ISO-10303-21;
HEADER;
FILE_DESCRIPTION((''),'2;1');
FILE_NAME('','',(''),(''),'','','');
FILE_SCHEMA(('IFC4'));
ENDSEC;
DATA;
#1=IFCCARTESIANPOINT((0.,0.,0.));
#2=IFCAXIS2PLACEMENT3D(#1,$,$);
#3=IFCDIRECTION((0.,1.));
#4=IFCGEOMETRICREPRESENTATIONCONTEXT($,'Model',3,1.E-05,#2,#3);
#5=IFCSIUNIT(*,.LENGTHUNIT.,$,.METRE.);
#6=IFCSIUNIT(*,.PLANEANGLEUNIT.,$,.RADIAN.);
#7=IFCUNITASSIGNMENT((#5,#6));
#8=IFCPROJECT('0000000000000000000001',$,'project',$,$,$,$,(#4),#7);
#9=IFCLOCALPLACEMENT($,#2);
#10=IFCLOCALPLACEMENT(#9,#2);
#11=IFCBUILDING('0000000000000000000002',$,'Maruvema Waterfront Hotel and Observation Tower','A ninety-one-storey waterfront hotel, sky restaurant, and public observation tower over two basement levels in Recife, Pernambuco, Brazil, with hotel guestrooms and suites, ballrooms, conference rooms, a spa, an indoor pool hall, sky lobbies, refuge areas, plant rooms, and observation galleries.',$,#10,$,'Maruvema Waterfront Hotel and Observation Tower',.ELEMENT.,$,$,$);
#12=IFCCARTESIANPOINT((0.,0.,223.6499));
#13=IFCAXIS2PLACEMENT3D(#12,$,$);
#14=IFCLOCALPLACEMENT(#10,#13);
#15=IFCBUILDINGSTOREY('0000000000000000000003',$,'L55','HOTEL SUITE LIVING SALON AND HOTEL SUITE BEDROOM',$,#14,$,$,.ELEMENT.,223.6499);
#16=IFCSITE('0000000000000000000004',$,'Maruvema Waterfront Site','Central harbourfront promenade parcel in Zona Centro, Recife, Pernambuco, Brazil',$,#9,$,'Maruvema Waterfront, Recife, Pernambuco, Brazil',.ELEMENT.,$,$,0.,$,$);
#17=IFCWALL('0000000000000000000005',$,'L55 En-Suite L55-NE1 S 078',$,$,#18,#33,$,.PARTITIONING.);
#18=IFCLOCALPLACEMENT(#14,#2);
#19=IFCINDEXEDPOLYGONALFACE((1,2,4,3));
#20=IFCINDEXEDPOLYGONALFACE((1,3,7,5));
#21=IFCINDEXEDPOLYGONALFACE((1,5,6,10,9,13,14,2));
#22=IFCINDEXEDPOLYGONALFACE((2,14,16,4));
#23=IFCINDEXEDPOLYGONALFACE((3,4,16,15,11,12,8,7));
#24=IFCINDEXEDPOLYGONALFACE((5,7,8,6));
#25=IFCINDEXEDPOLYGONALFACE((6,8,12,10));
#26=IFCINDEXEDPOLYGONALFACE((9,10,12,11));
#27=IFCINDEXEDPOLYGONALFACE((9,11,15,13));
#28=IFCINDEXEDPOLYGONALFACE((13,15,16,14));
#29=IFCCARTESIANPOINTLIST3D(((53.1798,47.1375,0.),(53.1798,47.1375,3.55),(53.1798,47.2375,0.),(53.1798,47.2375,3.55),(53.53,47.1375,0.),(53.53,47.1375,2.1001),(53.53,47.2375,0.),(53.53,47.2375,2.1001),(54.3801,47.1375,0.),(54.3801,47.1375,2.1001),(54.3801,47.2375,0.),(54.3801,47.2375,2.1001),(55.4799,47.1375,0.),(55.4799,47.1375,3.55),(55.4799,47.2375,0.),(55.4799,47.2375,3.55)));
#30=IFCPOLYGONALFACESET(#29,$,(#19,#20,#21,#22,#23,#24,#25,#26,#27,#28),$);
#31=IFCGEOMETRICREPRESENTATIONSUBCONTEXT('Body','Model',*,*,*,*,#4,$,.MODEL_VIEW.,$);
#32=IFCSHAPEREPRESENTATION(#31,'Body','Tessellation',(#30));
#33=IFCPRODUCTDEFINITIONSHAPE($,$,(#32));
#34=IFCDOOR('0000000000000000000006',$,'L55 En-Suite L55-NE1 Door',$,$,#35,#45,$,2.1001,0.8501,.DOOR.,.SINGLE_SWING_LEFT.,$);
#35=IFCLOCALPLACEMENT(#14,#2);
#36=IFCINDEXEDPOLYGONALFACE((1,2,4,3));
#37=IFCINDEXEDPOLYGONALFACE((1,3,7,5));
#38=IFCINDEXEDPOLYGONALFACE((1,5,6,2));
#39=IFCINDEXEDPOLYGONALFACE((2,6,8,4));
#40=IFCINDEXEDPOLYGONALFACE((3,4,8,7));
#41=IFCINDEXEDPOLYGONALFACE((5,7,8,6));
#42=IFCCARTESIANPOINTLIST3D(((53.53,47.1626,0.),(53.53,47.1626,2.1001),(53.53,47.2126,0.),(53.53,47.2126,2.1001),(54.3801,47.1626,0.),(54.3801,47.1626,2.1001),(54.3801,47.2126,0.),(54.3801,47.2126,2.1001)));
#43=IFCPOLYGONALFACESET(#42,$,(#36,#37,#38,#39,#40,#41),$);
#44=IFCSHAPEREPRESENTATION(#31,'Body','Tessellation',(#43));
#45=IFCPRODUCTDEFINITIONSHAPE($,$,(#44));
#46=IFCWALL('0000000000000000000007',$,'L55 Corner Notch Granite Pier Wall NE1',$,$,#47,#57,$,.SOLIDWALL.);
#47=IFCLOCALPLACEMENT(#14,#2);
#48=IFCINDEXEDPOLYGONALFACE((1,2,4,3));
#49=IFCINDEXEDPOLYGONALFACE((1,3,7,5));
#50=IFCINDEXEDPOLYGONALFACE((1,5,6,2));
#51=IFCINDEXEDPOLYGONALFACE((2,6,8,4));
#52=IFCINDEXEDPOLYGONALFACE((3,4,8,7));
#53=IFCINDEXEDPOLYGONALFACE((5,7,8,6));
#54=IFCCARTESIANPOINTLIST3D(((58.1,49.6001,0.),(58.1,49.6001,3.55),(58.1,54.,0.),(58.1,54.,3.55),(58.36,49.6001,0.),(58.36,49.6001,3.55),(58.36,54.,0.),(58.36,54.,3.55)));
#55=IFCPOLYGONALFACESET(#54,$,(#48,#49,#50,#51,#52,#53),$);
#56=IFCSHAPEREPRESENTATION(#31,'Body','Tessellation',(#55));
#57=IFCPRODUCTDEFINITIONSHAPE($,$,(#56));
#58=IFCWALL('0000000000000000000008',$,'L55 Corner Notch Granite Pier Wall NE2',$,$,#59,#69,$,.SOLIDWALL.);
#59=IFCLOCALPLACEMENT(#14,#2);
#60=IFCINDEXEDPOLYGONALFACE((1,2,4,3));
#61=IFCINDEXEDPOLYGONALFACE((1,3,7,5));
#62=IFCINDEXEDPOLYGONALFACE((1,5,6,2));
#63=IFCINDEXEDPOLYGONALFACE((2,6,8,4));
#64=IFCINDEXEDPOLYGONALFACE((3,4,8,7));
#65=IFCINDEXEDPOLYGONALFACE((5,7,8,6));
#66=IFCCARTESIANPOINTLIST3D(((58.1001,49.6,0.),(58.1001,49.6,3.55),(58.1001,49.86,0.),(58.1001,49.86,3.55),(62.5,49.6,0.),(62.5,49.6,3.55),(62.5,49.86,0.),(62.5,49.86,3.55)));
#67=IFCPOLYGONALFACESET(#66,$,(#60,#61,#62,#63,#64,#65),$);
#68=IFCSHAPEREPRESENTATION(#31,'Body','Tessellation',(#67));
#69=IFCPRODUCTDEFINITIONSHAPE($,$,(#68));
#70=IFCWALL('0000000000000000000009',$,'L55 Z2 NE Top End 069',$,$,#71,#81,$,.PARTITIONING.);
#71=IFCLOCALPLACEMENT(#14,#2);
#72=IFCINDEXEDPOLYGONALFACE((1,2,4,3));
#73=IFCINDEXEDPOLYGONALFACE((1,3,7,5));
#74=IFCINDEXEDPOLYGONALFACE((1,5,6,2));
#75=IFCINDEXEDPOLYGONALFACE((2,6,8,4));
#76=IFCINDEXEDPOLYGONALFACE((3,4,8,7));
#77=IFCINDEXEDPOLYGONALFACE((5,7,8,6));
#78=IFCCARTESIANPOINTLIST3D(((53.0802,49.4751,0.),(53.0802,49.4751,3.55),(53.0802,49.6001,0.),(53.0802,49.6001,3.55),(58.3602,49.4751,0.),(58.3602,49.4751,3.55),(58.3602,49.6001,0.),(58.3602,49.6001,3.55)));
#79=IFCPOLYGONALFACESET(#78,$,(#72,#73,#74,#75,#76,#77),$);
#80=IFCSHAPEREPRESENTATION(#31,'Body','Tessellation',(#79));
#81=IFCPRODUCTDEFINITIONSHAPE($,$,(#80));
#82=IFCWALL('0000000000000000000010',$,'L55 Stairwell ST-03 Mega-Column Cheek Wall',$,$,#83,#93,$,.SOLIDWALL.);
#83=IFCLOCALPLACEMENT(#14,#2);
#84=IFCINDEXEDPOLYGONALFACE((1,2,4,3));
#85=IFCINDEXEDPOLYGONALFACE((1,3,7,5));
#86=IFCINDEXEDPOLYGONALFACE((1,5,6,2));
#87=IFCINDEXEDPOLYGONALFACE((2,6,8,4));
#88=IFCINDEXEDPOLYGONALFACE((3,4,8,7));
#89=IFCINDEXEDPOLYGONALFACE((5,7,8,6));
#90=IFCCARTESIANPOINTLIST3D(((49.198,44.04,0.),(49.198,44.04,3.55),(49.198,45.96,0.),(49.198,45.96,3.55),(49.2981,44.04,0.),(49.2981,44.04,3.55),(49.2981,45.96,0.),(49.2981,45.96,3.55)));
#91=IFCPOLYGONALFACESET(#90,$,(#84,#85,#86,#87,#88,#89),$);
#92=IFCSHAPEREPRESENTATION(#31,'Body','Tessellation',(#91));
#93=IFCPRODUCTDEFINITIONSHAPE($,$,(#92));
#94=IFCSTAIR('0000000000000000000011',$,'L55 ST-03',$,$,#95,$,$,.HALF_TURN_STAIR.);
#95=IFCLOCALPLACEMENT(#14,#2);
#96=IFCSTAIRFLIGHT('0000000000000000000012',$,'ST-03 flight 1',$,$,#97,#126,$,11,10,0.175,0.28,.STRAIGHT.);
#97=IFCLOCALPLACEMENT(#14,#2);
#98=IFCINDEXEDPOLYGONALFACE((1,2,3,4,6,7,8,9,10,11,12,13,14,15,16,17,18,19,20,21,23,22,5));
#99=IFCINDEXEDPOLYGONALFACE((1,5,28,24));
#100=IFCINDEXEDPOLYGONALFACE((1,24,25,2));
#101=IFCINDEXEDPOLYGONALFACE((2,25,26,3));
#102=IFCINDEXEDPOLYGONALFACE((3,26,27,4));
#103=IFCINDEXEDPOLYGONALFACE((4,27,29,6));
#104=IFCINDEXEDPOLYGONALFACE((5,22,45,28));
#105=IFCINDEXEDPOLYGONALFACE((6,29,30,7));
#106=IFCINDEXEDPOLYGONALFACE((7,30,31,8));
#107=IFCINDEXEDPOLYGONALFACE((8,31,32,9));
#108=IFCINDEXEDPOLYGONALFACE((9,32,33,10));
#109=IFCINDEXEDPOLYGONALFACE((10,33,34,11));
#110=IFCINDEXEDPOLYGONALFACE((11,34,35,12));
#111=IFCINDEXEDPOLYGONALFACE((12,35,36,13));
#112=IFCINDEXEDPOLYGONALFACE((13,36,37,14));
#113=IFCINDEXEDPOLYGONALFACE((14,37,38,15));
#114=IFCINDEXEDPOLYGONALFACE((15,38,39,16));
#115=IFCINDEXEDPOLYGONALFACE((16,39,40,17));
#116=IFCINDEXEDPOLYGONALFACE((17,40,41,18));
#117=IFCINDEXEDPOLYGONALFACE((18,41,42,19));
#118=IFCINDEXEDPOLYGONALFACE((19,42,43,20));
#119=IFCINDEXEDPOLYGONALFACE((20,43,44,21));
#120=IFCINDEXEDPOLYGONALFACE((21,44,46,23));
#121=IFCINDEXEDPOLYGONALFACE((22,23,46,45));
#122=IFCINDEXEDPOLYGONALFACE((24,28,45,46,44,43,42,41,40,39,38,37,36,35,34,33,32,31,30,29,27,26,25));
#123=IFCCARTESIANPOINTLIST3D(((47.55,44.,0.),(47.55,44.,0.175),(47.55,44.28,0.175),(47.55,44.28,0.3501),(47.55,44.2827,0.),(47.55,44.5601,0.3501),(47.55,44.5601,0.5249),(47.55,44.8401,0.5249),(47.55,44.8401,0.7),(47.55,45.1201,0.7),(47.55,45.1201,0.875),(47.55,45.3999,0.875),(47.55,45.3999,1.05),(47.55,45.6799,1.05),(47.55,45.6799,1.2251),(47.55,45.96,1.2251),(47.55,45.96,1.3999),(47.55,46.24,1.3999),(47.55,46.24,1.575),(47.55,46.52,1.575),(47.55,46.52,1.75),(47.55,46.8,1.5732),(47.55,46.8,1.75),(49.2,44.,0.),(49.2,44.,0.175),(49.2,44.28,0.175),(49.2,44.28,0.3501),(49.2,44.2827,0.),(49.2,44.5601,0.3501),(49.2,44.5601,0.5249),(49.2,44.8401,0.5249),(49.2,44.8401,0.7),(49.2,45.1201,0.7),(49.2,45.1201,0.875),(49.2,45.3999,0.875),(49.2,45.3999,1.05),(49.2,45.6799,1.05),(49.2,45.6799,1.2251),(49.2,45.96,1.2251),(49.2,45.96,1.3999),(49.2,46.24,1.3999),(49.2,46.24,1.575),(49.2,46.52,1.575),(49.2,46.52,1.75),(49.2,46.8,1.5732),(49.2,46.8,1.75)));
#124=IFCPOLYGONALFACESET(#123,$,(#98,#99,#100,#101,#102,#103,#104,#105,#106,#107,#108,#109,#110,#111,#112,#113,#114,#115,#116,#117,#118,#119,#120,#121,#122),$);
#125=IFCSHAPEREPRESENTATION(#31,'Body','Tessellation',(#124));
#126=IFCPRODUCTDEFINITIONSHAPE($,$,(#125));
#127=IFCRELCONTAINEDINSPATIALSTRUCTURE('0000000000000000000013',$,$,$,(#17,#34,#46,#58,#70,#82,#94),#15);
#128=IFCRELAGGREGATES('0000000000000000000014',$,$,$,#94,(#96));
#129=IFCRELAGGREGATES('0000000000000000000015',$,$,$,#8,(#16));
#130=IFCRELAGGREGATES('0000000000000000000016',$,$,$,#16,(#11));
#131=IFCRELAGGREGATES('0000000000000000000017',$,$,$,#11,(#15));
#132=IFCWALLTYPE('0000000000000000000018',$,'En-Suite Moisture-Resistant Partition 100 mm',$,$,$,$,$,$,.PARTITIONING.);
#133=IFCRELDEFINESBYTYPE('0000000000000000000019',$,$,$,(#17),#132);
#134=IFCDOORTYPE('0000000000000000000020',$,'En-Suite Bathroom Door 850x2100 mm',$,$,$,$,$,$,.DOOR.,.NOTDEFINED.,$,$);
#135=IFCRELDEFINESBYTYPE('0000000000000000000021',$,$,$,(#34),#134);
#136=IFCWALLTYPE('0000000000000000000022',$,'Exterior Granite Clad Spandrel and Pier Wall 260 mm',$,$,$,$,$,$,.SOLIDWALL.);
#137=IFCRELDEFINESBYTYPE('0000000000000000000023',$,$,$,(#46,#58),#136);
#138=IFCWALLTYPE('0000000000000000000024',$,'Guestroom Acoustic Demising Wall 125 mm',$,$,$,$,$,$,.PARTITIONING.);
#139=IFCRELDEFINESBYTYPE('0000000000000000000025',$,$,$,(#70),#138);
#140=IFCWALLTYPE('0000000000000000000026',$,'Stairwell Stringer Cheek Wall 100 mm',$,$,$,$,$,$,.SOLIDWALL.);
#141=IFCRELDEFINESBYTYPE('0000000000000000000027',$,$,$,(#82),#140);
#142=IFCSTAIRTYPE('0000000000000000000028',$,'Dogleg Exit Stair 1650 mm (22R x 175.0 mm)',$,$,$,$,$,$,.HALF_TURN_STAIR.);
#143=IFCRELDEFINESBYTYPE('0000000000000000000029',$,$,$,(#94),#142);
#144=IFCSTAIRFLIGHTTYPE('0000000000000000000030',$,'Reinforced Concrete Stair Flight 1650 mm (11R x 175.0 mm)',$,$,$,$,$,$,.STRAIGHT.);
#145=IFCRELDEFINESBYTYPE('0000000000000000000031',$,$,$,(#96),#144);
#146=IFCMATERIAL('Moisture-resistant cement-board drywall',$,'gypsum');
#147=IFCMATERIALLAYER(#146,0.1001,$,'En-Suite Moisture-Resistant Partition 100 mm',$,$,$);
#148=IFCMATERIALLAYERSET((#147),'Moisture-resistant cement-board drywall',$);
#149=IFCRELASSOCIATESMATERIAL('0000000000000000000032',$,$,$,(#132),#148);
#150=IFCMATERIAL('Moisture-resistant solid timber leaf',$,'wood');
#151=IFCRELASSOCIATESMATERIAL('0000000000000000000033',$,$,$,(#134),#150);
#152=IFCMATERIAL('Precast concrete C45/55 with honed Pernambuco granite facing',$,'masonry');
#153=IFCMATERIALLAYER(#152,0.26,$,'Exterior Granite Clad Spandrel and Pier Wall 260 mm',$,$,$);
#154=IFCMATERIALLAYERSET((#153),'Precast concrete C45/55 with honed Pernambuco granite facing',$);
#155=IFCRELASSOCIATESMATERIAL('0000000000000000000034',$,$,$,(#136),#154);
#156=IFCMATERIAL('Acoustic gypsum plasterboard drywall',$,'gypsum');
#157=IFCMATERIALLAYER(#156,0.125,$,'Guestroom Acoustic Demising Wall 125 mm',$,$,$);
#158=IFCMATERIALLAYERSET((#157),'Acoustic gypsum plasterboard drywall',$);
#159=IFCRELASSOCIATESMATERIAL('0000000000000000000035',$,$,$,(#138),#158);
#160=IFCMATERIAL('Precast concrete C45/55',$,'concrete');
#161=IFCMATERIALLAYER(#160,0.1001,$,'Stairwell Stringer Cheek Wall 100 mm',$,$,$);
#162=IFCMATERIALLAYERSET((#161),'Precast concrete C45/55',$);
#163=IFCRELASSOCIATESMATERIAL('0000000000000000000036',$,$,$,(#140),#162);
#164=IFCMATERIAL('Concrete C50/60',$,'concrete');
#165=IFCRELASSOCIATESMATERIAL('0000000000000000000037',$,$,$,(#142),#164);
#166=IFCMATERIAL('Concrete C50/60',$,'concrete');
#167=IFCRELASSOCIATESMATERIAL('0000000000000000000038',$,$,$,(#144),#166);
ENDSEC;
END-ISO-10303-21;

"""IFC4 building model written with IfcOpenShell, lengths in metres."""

from ifc_helpers import new_model, si_unit, direction, frame, frame_2d, origin, place, context, subcontext, project, spatial, polyline, rectangle, outline, extrude, material, layer, layer_set, type_object, element, fill, aggregate, save


model = new_model("IFC4")

# Units and contexts
model_context = context("Model", 3, precision=1e-05, world=origin(), true_north=direction((0.0, 1.0)))
body_context = subcontext(model_context, "Body", "Model", "MODEL_VIEW")
ifc_project = project(units=[si_unit("LENGTHUNIT", "METRE"), si_unit("PLANEANGLEUNIT", "RADIAN")], contexts=[model_context])

# Site, building, storey
site_placement = place(None, origin())
site = spatial("IfcSite", under=ifc_project, at=site_placement, Name="Maruvema Waterfront Site", Description="Central harbourfront promenade parcel in Zona Centro, Recife, Pernambuco, Brazil", LongName="Maruvema Waterfront, Recife, Pernambuco, Brazil", CompositionType="ELEMENT", RefElevation=0.0)
building_placement = place(site_placement, origin())
building = spatial("IfcBuilding", under=site, at=building_placement, Name="Maruvema Waterfront Hotel and Observation Tower", Description="A ninety-one-storey waterfront hotel, sky restaurant, and public observation tower over two basement levels in Recife, Pernambuco, Brazil, with hotel guestrooms and suites, ballrooms, conference rooms, a spa, an indoor pool hall, sky lobbies, refuge areas, plant rooms, and observation galleries.", LongName="Maruvema Waterfront Hotel and Observation Tower", CompositionType="ELEMENT")
storey_placement = place(building_placement, frame((0.0, 0.0, 223.6499)))
storey = spatial("IfcBuildingStorey", under=building, at=storey_placement, Name="L55", Description="HOTEL SUITE LIVING SALON AND HOTEL SUITE BEDROOM", CompositionType="ELEMENT", Elevation=223.6499)

# Shared definitions
ifc_material_1 = material(Name="Moisture-resistant cement-board drywall", Category="gypsum")
ifc_layer_1 = layer(ifc_material_1, 0.1001, Name="En-Suite Moisture-Resistant Partition 100 mm")
ifc_layer_set_1 = layer_set([ifc_layer_1], Name="Moisture-resistant cement-board drywall")
wall_type_1 = type_object("IfcWallType", Name="En-Suite Moisture-Resistant Partition 100 mm", PredefinedType="PARTITIONING", material=ifc_layer_set_1)

# Wall, opening, door
wall_1_placement = place(storey_placement, frame((53.1799, 47.1875, 0.0), z_axis=(0.0, 0.0, 1.0), x_axis=(1.0, 0.0, 0.0)))
wall_1 = element("IfcWall", 1, at=wall_1_placement, inside=storey, type_object=wall_type_1, Name="L55 En-Suite L55-NE1 S 078", PredefinedType="PARTITIONING", context=body_context, shape_type="SweptSolid", body=[
    extrude(rectangle(XDim=2.3, YDim=0.1001, at=frame_2d((1.1499, 0.0))), origin(), (0.0, 0.0, 1.0), 3.55),
])
opening_placement = place(wall_1_placement, frame((0.3501, 0.0, 0.0)))
opening = element("IfcOpeningElement", 2, at=opening_placement, cuts=wall_1, PredefinedType="OPENING", context=body_context, shape_type="SweptSolid", body=[
    extrude(rectangle(XDim=0.8501, YDim=2.1001, at=frame_2d((0.425, 1.05))), frame((0.0, 0.0601, 0.0), z_axis=(0.0, -1.0, 0.0), x_axis=(1.0, 0.0, 0.0)), (0.0, 0.0, 1.0), 0.1201),
])
ifc_material_2 = material(Name="Moisture-resistant solid timber leaf", Category="wood")
door_type = type_object("IfcDoorType", Name="En-Suite Bathroom Door 850x2100 mm", OperationType="NOTDEFINED", PredefinedType="DOOR", material=ifc_material_2)
door_placement = place(opening_placement, frame((0.8501, 0.0, 0.0), z_axis=(0.0, 0.0, 1.0), x_axis=(-1.0, 0.0, 0.0)))
door = element("IfcDoor", 3, at=door_placement, inside=storey, type_object=door_type, Name="L55 En-Suite L55-NE1 Door", OperationType="SINGLE_SWING_LEFT", OverallHeight=2.1001, OverallWidth=0.8501, PredefinedType="DOOR", context=body_context, shape_type="SweptSolid", body=[
    extrude(rectangle(XDim=0.8501, YDim=2.1001, at=frame_2d((0.425, 1.05))), frame((0.0, 0.0249, 0.0), z_axis=(0.0, -1.0, 0.0), x_axis=(1.0, 0.0, 0.0)), (0.0, 0.0, 1.0), 0.05),
])
fill(opening, door)

# Walls
ifc_material_3 = material(Name="Precast concrete C45/55 with honed Pernambuco granite facing", Category="masonry")
ifc_layer_2 = layer(ifc_material_3, 0.26, Name="Exterior Granite Clad Spandrel and Pier Wall 260 mm")
ifc_layer_set_2 = layer_set([ifc_layer_2], Name="Precast concrete C45/55 with honed Pernambuco granite facing")
wall_type_2 = type_object("IfcWallType", Name="Exterior Granite Clad Spandrel and Pier Wall 260 mm", PredefinedType="SOLIDWALL", material=ifc_layer_set_2)
for number, where, z_axis, x_axis, name in (
    (4, (58.23, 54.0, 0.0), (0.0, 0.0, 1.0), (0.0, -1.0, 0.0), "L55 Corner Notch Granite Pier Wall NE1"),
    (5, (58.1001, 49.73, 0.0), (0.0, 0.0, 1.0), (1.0, 0.0, 0.0), "L55 Corner Notch Granite Pier Wall NE2"),
):
    element("IfcWall", number, at=place(storey_placement, frame(where, z_axis=z_axis, x_axis=x_axis)), inside=storey, type_object=wall_type_2, Name=name, PredefinedType="SOLIDWALL", context=body_context, shape_type="SweptSolid", body=[
        extrude(rectangle(XDim=4.3999, YDim=0.26, at=frame_2d((2.2, 0.0))), origin(), (0.0, 0.0, 1.0), 3.55),
    ])
ifc_material_4 = material(Name="Acoustic gypsum plasterboard drywall", Category="gypsum")
ifc_layer_3 = layer(ifc_material_4, 0.125, Name="Guestroom Acoustic Demising Wall 125 mm")
ifc_layer_set_3 = layer_set([ifc_layer_3], Name="Acoustic gypsum plasterboard drywall")
wall_type_3 = type_object("IfcWallType", Name="Guestroom Acoustic Demising Wall 125 mm", PredefinedType="PARTITIONING", material=ifc_layer_set_3)
wall_2_placement = place(storey_placement, frame((53.0801, 49.5376, 0.0), z_axis=(0.0, 0.0, 1.0), x_axis=(1.0, 0.0, 0.0)))
element("IfcWall", 6, at=wall_2_placement, inside=storey, type_object=wall_type_3, Name="L55 Z2 NE Top End 069", PredefinedType="PARTITIONING", context=body_context, shape_type="SweptSolid", body=[
    extrude(rectangle(XDim=5.28, YDim=0.125, at=frame_2d((2.6401, 0.0))), origin(), (0.0, 0.0, 1.0), 3.55),
])
ifc_material_5 = material(Name="Precast concrete C45/55", Category="concrete")
ifc_layer_4 = layer(ifc_material_5, 0.1001, Name="Stairwell Stringer Cheek Wall 100 mm")
ifc_layer_set_4 = layer_set([ifc_layer_4], Name="Precast concrete C45/55")
wall_type_4 = type_object("IfcWallType", Name="Stairwell Stringer Cheek Wall 100 mm", PredefinedType="SOLIDWALL", material=ifc_layer_set_4)
wall_3_placement = place(storey_placement, frame((49.248, 44.04, 0.0), z_axis=(0.0, 0.0, 1.0), x_axis=(0.0, 1.0, 0.0)))
element("IfcWall", 7, at=wall_3_placement, inside=storey, type_object=wall_type_4, Name="L55 Stairwell ST-03 Mega-Column Cheek Wall", PredefinedType="SOLIDWALL", context=body_context, shape_type="SweptSolid", body=[
    extrude(rectangle(XDim=1.9199, YDim=0.1001, at=frame_2d((0.96, 0.0))), origin(), (0.0, 0.0, 1.0), 3.55),
])

# Stair, stair flight
ifc_material_6 = material(Name="Concrete C50/60", Category="concrete")
stair_type = type_object("IfcStairType", Name="Dogleg Exit Stair 1650 mm (22R x 175.0 mm)", PredefinedType="HALF_TURN_STAIR", material=ifc_material_6)
stair_placement = place(storey_placement, origin())
stair = element("IfcStair", 8, at=stair_placement, inside=storey, type_object=stair_type, Name="L55 ST-03", PredefinedType="HALF_TURN_STAIR")
ifc_material_7 = material(Name="Concrete C50/60", Category="concrete")
stair_flight_type = type_object("IfcStairFlightType", Name="Reinforced Concrete Stair Flight 1650 mm (11R x 175.0 mm)", PredefinedType="STRAIGHT", material=ifc_material_7)
stair_flight_placement = place(storey_placement, frame((48.375, 44.0, 0.0), z_axis=(0.0, 0.0, 1.0), x_axis=(0.0, 1.0, 0.0)))
stair_flight = element("IfcStairFlight", 9, at=stair_flight_placement, type_object=stair_flight_type, Name="ST-03 flight 1", NumberOfRisers=11, NumberOfTreads=10, PredefinedType="STRAIGHT", RiserHeight=0.175, TreadLength=0.28, context=body_context, shape_type="SweptSolid", body=[
    extrude(outline(polyline([(0.0, 0.0), (0.0, 0.175), (0.28, 0.175), (0.28, 0.3501), (0.5601, 0.3501), (0.5601, 0.5249), (0.8401, 0.5249), (0.8401, 0.7), (1.1201, 0.7), (1.1201, 0.875), (1.3999, 0.875), (1.3999, 1.05), (1.6799, 1.05), (1.6799, 1.2251), (1.96, 1.2251), (1.96, 1.3999), (2.24, 1.3999), (2.24, 1.575), (2.52, 1.575), (2.52, 1.75), (2.8, 1.75), (2.8, 1.925), (2.8, 1.5732), (0.2827, 0.0), (0.0, 0.0)])), frame((0.0, 0.825, 0.0), z_axis=(0.0, -1.0, 0.0), x_axis=(1.0, 0.0, 0.0)), (0.0, 0.0, 1.0), 1.6499),
])
aggregate(stair, [stair_flight])

save(model, "model.ifc")
